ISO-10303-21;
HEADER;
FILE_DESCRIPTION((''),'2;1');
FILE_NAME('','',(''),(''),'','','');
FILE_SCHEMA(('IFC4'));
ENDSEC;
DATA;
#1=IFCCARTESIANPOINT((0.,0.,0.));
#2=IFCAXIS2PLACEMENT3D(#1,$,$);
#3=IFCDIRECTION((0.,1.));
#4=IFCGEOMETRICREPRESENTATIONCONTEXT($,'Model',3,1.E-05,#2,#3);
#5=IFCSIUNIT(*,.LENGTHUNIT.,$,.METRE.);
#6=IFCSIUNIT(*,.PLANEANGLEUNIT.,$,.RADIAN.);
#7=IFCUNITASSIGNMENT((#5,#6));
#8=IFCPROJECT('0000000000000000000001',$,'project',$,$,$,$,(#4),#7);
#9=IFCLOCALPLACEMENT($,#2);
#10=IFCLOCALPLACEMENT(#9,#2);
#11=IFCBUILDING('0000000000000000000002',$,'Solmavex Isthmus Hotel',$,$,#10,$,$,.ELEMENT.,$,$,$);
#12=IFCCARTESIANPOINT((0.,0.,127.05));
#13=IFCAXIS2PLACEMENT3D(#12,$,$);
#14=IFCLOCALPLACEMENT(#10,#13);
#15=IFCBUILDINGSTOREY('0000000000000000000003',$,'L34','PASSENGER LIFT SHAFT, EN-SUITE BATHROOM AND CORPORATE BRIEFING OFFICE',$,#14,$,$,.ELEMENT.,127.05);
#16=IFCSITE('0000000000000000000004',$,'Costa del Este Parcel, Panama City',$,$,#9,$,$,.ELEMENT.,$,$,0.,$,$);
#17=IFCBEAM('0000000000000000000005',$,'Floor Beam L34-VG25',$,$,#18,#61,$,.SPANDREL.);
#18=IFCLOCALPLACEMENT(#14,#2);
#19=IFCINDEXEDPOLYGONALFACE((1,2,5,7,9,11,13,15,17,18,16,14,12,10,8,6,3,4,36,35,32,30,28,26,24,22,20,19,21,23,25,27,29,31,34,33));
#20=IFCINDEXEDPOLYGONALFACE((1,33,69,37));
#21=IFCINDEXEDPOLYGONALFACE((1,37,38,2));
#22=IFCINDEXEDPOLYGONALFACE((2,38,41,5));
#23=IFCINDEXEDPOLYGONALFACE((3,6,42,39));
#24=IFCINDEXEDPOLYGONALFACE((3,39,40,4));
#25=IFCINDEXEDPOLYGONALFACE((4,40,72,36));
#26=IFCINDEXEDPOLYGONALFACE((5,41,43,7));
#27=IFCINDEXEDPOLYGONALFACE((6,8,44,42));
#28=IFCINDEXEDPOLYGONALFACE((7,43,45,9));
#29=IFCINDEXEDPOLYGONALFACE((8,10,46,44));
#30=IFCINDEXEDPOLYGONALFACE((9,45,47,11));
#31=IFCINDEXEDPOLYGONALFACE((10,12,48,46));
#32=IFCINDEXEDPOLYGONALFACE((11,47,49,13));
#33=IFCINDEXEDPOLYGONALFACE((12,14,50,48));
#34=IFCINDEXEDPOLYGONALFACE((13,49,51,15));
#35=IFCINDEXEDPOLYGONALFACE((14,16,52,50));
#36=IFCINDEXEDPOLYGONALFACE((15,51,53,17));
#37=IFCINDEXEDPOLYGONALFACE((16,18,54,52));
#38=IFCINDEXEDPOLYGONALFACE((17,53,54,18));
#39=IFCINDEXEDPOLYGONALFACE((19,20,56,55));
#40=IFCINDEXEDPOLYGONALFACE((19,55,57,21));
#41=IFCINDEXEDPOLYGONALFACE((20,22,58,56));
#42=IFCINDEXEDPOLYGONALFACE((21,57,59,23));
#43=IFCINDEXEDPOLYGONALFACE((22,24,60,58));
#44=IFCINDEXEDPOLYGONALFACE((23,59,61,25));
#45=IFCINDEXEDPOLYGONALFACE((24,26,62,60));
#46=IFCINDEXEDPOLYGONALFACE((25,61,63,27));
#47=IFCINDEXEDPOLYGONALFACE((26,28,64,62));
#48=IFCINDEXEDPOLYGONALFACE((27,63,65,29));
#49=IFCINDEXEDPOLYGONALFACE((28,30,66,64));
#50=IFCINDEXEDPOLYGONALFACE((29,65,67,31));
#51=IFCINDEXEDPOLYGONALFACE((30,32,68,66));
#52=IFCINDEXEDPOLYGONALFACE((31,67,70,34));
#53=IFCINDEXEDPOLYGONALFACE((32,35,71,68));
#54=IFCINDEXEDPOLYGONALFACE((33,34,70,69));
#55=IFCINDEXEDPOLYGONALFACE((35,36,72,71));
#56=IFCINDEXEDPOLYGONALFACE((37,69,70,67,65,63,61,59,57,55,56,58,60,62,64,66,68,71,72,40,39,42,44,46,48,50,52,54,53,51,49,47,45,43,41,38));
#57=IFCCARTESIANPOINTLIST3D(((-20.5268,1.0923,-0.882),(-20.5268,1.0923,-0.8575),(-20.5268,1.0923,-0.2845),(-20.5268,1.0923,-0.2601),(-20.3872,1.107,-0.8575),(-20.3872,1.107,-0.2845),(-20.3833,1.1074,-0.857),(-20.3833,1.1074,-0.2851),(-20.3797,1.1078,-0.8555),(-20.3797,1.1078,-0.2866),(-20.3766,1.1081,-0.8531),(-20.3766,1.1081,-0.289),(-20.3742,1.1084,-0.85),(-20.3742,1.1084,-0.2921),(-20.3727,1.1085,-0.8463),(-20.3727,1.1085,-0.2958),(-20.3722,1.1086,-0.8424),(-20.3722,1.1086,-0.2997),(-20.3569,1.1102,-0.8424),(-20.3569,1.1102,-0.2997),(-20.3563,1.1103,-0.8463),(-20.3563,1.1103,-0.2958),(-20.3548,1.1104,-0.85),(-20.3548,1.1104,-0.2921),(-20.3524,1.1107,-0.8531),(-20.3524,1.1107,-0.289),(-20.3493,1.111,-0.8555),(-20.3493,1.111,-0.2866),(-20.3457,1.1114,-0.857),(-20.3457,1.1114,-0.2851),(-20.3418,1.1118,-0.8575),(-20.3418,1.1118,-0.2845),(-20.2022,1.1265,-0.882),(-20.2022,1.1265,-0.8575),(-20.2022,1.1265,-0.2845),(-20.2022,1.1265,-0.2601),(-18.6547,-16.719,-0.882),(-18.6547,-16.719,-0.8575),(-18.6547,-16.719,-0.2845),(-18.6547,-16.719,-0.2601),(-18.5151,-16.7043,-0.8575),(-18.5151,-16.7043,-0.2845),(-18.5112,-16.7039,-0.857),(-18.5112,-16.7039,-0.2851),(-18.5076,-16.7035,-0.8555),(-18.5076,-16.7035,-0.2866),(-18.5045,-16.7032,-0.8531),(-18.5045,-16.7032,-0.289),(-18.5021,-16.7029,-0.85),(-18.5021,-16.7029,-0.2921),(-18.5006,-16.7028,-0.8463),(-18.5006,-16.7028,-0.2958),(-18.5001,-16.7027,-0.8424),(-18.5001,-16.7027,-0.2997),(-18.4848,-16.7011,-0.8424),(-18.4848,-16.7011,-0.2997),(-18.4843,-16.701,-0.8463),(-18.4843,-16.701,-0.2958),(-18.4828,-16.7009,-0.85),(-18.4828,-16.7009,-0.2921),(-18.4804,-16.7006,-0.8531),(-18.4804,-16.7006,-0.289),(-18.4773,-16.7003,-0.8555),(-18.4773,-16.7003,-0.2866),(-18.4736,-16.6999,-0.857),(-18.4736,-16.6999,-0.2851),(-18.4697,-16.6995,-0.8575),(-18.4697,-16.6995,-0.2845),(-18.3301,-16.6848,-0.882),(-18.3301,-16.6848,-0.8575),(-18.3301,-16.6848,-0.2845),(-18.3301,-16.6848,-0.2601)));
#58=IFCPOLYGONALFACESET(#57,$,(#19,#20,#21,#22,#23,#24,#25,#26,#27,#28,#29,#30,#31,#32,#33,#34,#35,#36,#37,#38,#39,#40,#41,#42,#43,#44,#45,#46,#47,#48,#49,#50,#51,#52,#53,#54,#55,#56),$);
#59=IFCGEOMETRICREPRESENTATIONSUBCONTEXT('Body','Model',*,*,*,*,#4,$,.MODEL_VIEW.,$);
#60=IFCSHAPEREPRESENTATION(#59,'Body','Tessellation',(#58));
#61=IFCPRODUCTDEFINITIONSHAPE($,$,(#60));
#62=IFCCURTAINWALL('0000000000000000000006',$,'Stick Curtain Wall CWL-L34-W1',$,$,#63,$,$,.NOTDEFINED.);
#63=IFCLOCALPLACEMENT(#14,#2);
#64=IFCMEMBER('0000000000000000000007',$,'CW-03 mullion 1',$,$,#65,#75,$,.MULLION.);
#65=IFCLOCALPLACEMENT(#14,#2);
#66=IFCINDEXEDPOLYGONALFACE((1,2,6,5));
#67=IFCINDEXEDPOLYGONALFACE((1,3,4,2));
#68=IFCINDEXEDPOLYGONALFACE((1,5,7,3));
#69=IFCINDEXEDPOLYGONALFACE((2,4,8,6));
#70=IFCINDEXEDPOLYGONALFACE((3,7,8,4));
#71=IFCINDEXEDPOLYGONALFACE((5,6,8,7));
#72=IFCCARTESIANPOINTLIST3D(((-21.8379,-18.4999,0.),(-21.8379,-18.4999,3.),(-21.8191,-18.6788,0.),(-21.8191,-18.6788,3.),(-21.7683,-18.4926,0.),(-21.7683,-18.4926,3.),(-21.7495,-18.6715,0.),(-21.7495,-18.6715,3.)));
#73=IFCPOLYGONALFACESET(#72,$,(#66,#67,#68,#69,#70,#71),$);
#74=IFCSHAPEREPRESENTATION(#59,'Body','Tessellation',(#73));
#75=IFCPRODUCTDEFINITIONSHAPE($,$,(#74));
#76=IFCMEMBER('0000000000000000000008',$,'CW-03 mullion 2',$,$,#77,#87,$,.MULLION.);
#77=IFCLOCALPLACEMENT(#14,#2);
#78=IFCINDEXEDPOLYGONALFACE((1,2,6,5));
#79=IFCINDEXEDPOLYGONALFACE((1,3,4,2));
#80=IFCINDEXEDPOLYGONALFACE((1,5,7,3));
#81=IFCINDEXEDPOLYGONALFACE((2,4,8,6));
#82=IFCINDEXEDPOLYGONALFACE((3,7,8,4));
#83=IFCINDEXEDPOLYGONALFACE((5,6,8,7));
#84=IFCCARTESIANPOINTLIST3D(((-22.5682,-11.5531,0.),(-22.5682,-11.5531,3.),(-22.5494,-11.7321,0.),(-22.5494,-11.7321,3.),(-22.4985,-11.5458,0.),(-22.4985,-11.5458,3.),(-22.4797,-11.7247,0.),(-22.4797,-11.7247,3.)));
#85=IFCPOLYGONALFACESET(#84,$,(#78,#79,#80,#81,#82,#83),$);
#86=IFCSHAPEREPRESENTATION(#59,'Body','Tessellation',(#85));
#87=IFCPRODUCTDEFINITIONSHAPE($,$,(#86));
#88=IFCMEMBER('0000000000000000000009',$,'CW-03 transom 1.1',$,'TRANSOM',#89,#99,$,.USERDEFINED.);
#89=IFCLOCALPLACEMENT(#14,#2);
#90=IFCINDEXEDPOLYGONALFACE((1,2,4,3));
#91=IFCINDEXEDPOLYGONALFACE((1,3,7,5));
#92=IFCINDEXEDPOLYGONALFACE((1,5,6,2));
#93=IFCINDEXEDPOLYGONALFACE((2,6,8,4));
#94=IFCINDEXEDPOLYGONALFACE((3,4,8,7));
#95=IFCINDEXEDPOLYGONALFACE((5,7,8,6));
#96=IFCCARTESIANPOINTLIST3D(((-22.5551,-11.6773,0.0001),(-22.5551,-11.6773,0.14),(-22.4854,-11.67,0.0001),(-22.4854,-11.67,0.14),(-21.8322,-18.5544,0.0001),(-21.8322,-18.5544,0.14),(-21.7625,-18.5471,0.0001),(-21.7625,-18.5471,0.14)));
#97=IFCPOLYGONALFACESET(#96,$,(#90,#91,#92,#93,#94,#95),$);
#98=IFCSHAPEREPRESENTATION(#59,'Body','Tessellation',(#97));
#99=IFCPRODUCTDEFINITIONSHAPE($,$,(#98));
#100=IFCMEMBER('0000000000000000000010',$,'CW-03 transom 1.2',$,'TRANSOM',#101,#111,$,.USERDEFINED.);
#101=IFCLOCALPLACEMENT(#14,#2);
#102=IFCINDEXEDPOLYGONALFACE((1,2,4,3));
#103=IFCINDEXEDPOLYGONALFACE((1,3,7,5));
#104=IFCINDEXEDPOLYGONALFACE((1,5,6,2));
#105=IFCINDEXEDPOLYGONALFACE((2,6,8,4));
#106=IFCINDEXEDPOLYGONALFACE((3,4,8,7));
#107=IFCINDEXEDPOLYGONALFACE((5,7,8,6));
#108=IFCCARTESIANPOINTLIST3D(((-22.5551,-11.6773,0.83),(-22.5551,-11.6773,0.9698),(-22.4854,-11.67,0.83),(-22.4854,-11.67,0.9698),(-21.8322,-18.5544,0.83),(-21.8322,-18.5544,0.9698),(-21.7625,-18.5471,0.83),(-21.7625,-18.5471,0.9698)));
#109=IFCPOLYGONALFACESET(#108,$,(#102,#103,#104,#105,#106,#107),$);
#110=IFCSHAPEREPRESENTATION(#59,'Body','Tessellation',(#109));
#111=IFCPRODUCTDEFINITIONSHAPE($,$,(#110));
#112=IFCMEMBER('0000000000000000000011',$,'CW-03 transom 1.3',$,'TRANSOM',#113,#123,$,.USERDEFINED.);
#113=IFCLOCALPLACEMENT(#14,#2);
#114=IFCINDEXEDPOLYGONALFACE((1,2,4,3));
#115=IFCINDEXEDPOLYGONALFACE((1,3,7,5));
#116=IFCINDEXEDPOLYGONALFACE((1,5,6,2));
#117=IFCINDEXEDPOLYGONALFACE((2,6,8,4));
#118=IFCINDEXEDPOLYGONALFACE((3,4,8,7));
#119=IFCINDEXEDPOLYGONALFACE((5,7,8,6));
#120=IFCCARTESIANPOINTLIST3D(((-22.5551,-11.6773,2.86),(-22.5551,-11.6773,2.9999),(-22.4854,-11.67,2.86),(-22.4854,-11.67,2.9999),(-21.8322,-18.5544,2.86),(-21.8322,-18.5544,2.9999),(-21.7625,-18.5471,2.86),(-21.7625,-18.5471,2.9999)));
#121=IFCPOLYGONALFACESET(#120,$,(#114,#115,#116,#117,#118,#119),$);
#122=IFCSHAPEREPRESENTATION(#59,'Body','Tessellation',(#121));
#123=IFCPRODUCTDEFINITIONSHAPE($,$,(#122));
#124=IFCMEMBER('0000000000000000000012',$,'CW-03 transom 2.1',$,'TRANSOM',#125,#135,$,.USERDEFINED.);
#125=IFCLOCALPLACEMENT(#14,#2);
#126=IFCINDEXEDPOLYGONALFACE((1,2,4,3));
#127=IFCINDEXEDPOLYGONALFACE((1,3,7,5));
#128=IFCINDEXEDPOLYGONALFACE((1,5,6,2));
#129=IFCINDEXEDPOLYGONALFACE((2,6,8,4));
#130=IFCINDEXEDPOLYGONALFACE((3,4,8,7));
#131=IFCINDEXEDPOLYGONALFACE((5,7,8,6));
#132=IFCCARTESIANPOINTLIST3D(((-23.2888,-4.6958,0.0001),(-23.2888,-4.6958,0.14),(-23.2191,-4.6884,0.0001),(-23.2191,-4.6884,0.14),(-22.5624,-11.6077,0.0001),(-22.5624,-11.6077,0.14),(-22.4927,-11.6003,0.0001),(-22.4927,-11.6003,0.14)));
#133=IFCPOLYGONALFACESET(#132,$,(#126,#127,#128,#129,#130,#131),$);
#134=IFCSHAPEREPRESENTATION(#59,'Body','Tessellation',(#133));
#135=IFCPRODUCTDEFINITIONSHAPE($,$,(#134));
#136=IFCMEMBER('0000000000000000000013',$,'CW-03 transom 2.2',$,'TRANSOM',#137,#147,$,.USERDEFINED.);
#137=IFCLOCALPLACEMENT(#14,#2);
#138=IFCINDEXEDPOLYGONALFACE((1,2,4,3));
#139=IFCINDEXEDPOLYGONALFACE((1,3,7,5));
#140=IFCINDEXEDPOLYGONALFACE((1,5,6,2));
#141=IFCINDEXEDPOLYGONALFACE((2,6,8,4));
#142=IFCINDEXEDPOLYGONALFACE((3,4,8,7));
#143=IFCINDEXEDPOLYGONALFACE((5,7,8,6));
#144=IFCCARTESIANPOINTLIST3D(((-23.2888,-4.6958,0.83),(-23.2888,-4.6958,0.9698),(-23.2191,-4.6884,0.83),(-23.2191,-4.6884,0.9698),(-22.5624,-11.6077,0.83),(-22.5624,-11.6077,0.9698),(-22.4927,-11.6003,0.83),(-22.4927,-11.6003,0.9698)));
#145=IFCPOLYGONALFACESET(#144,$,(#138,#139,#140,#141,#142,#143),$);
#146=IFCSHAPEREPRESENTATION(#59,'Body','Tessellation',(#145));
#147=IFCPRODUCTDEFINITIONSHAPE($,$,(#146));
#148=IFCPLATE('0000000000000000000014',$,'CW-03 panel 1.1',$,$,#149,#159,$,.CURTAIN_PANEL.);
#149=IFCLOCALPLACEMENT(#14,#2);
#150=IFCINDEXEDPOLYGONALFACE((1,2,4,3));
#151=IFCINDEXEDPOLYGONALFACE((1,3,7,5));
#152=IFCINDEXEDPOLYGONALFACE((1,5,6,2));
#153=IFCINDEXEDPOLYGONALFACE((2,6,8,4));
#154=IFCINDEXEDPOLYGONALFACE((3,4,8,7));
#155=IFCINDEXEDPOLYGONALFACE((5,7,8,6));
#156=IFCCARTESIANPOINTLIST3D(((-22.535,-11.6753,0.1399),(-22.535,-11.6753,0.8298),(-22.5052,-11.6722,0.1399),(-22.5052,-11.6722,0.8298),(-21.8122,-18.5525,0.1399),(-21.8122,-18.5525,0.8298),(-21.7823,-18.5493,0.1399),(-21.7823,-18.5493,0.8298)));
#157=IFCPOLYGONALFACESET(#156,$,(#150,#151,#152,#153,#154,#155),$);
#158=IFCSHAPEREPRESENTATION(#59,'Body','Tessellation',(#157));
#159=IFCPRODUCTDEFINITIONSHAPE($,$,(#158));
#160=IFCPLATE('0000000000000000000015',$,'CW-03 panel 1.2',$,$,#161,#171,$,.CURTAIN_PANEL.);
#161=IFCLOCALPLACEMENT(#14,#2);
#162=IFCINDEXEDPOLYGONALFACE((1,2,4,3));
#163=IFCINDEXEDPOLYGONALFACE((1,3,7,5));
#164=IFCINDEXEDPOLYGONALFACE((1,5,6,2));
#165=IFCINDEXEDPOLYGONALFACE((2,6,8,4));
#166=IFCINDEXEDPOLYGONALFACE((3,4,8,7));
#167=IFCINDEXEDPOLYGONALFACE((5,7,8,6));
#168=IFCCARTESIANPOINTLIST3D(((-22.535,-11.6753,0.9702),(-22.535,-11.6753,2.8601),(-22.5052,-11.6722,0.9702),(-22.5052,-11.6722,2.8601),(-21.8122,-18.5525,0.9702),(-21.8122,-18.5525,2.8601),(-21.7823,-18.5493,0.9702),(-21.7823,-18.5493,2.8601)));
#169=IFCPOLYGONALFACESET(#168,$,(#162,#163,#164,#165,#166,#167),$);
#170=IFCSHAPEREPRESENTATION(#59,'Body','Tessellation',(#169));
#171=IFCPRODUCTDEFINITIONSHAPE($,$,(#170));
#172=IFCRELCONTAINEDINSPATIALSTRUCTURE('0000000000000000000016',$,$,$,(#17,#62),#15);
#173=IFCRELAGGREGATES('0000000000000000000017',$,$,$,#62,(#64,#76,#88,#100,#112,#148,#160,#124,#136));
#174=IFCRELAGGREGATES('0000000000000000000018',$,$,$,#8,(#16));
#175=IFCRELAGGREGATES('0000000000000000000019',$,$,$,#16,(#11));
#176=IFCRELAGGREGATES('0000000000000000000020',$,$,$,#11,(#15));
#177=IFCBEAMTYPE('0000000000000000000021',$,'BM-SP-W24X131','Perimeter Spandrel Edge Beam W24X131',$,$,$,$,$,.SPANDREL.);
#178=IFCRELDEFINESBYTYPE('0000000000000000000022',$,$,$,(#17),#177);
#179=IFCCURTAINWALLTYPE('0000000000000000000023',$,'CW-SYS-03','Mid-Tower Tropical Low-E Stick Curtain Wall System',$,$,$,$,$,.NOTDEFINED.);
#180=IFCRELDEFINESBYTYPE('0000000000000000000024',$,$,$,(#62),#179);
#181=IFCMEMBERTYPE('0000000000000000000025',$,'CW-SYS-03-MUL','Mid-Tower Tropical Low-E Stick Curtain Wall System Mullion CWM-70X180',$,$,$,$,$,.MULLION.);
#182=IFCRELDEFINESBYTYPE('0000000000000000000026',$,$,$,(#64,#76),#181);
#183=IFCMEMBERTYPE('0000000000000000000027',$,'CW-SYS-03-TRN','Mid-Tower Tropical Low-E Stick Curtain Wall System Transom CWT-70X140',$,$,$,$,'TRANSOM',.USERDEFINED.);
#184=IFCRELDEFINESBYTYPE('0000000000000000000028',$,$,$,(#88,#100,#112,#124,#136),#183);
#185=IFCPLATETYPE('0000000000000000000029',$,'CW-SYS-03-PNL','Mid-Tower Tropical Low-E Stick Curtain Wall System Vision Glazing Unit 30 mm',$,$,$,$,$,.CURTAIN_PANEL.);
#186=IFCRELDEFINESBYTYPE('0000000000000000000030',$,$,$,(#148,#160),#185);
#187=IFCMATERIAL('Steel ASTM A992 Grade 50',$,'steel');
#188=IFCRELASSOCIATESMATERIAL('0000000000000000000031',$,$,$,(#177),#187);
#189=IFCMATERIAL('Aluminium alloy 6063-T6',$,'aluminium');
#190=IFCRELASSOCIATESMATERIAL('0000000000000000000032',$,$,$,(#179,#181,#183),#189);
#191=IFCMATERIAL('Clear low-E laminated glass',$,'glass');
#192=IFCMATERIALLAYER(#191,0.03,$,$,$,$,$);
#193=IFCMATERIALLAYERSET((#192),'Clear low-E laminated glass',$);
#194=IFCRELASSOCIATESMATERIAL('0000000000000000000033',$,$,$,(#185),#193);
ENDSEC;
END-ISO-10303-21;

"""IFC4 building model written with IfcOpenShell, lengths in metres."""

from ifc_helpers import new_model, si_unit, direction, frame, origin, origin_2d, place, context, subcontext, project, spatial, rectangle, i_section, extrude, material, layer, layer_set, material_profile, profile_set, type_object, element, aggregate, save


model = new_model("IFC4")

# Units and contexts
model_context = context("Model", 3, precision=1e-05, world=origin(), true_north=direction((0.0, 1.0)))
body_context = subcontext(model_context, "Body", "Model", "MODEL_VIEW")
ifc_project = project(units=[si_unit("LENGTHUNIT", "METRE"), si_unit("PLANEANGLEUNIT", "RADIAN")], contexts=[model_context])

# Site, building, storey
site_placement = place(None, origin())
site = spatial("IfcSite", under=ifc_project, at=site_placement, Name="Costa del Este Parcel, Panama City", CompositionType="ELEMENT", RefElevation=0.0)
building_placement = place(site_placement, origin())
building = spatial("IfcBuilding", under=site, at=building_placement, Name="Solmavex Isthmus Hotel", CompositionType="ELEMENT")
storey_placement = place(building_placement, frame((0.0, 0.0, 127.05)))
storey = spatial("IfcBuildingStorey", under=building, at=storey_placement, Name="L34", Description="PASSENGER LIFT SHAFT, EN-SUITE BATHROOM AND CORPORATE BRIEFING OFFICE", CompositionType="ELEMENT", Elevation=127.05)

# Beam
ifc_material_1 = material(Name="Steel ASTM A992 Grade 50", Category="steel")
ifc_material_profile_1 = material_profile(ifc_material_1, i_section(OverallWidth=0.3264, OverallDepth=0.6218, WebThickness=0.0154, FlangeThickness=0.0244, FilletRadius=0.0151, at=origin_2d()), Name="W24X131")
ifc_profile_set_1 = profile_set([ifc_material_profile_1], Name="Steel ASTM A992 Grade 50")
beam_type_1 = type_object("IfcBeamType", Name="BM-SP-W24X131", Description="Perimeter Spandrel Edge Beam W24X131", PredefinedType="SPANDREL", material=ifc_profile_set_1)
beam_1_placement = place(storey_placement, frame((-18.4924, -16.7019, -0.571), z_axis=(-0.10453, 0.994522, 0.0), x_axis=(-0.994522, -0.10453, 0.0)))
element("IfcBeam", 1, at=beam_1_placement, inside=storey, type_object=beam_type_1, Name="Floor Beam L34-VG25", PredefinedType="SPANDREL", context=body_context, shape_type="SweptSolid", body=[
    extrude(i_section(OverallWidth=0.3264, OverallDepth=0.6218, WebThickness=0.0154, FlangeThickness=0.0244, FilletRadius=0.0151, at=origin_2d()), origin(), (0.0, 0.0, 1.0), 17.9094),
])

# Curtain wall, members, plates
ifc_material_2 = material(Name="Aluminium alloy 6063-T6", Category="aluminium")
curtain_wall_type = type_object("IfcCurtainWallType", Name="CW-SYS-03", Description="Mid-Tower Tropical Low-E Stick Curtain Wall System", PredefinedType="NOTDEFINED", material=ifc_material_2)
curtain_wall_placement = place(storey_placement, origin())
curtain_wall = element("IfcCurtainWall", 2, at=curtain_wall_placement, inside=storey, type_object=curtain_wall_type, Name="Stick Curtain Wall CWL-L34-W1", PredefinedType="NOTDEFINED")
ifc_material_profile_2 = material_profile(ifc_material_2, rectangle(XDim=0.0701, YDim=0.1799, at=origin_2d()), Name="CWM-70X180")
ifc_profile_set_2 = profile_set([ifc_material_profile_2], Name="Aluminium alloy 6063-T6")
member_type_1 = type_object("IfcMemberType", Name="CW-SYS-03-MUL", Description="Mid-Tower Tropical Low-E Stick Curtain Wall System Mullion CWM-70X180", PredefinedType="MULLION", material=ifc_profile_set_2)
member_1_placement = place(storey_placement, frame((-21.7937, -18.5857, 0.0), z_axis=(0.0, 0.0, 1.0), x_axis=(-0.994522, -0.104528, 0.0)))
member_1 = element("IfcMember", 3, at=member_1_placement, type_object=member_type_1, Name="CW-03 mullion 1", PredefinedType="MULLION", context=body_context, shape_type="SweptSolid", body=[
    extrude(rectangle(XDim=0.0701, YDim=0.1799, at=origin_2d()), origin(), (0.0, 0.0, 1.0), 3.0),
])
member_2_placement = place(storey_placement, frame((-22.5239, -11.6389, 0.0), z_axis=(0.0, 0.0, 1.0), x_axis=(-0.994522, -0.104528, 0.0)))
member_2 = element("IfcMember", 4, at=member_2_placement, type_object=member_type_1, Name="CW-03 mullion 2", PredefinedType="MULLION", context=body_context, shape_type="SweptSolid", body=[
    extrude(rectangle(XDim=0.0701, YDim=0.1799, at=origin_2d()), origin(), (0.0, 0.0, 1.0), 3.0),
])
ifc_material_profile_3 = material_profile(ifc_material_2, rectangle(XDim=0.0701, YDim=0.1399, at=origin_2d()), Name="CWT-70X140")
ifc_profile_set_3 = profile_set([ifc_material_profile_3], Name="Aluminium alloy 6063-T6")
member_type_2 = type_object("IfcMemberType", Name="CW-SYS-03-TRN", Description="Mid-Tower Tropical Low-E Stick Curtain Wall System Transom CWT-70X140", ElementType="TRANSOM", PredefinedType="USERDEFINED", material=ifc_profile_set_3)
member_3_placement = place(storey_placement, frame((-21.7974, -18.5508, 0.0701), z_axis=(-0.10454, 0.994521, 0.0), x_axis=(-0.994521, -0.10454, 0.0)))
member_3 = element("IfcMember", 5, at=member_3_placement, type_object=member_type_2, Name="CW-03 transom 1.1", ObjectType="TRANSOM", PredefinedType="USERDEFINED", context=body_context, shape_type="SweptSolid", body=[
    extrude(rectangle(XDim=0.0701, YDim=0.1399, at=origin_2d()), origin(), (0.0, 0.0, 1.0), 6.915),
])
member_4_placement = place(storey_placement, frame((-21.7974, -18.5508, 0.8999), z_axis=(-0.10454, 0.994521, 0.0), x_axis=(-0.994521, -0.10454, 0.0)))
member_4 = element("IfcMember", 6, at=member_4_placement, type_object=member_type_2, Name="CW-03 transom 1.2", ObjectType="TRANSOM", PredefinedType="USERDEFINED", context=body_context, shape_type="SweptSolid", body=[
    extrude(rectangle(XDim=0.0701, YDim=0.1399, at=origin_2d()), origin(), (0.0, 0.0, 1.0), 6.915),
])
member_5_placement = place(storey_placement, frame((-21.7974, -18.5508, 2.9299), z_axis=(-0.10454, 0.994521, 0.0), x_axis=(-0.994521, -0.10454, 0.0)))
member_5 = element("IfcMember", 7, at=member_5_placement, type_object=member_type_2, Name="CW-03 transom 1.3", ObjectType="TRANSOM", PredefinedType="USERDEFINED", context=body_context, shape_type="SweptSolid", body=[
    extrude(rectangle(XDim=0.0701, YDim=0.1399, at=origin_2d()), origin(), (0.0, 0.0, 1.0), 6.915),
])
member_6_placement = place(storey_placement, frame((-22.5276, -11.604, 0.0701), z_axis=(-0.104507, 0.994524, 0.0), x_axis=(-0.994524, -0.104507, 0.0)))
member_6 = element("IfcMember", 8, at=member_6_placement, type_object=member_type_2, Name="CW-03 transom 2.1", ObjectType="TRANSOM", PredefinedType="USERDEFINED", context=body_context, shape_type="SweptSolid", body=[
    extrude(rectangle(XDim=0.0701, YDim=0.1399, at=origin_2d()), origin(), (0.0, 0.0, 1.0), 6.95),
])
member_7_placement = place(storey_placement, frame((-22.5276, -11.604, 0.8999), z_axis=(-0.104507, 0.994524, 0.0), x_axis=(-0.994524, -0.104507, 0.0)))
member_7 = element("IfcMember", 9, at=member_7_placement, type_object=member_type_2, Name="CW-03 transom 2.2", ObjectType="TRANSOM", PredefinedType="USERDEFINED", context=body_context, shape_type="SweptSolid", body=[
    extrude(rectangle(XDim=0.0701, YDim=0.1399, at=origin_2d()), origin(), (0.0, 0.0, 1.0), 6.95),
])
ifc_material_3 = material(Name="Clear low-E laminated glass", Category="glass")
ifc_layer_1 = layer(ifc_material_3, 0.03)
ifc_layer_set_1 = layer_set([ifc_layer_1], Name="Clear low-E laminated glass")
plate_type = type_object("IfcPlateType", Name="CW-SYS-03-PNL", Description="Mid-Tower Tropical Low-E Stick Curtain Wall System Vision Glazing Unit 30 mm", PredefinedType="CURTAIN_PANEL", material=ifc_layer_set_1)
plate_1_placement = place(storey_placement, frame((-22.1587, -15.1123, 0.1399), z_axis=(0.0, 0.0, 1.0), x_axis=(-0.104528, 0.994522, 0.0)))
plate_1 = element("IfcPlate", 10, at=plate_1_placement, type_object=plate_type, Name="CW-03 panel 1.1", PredefinedType="CURTAIN_PANEL", context=body_context, shape_type="SweptSolid", body=[
    extrude(rectangle(XDim=6.915, YDim=0.03, at=origin_2d()), origin(), (0.0, 0.0, 1.0), 0.6899),
])
plate_2_placement = place(storey_placement, frame((-22.1587, -15.1123, 0.9702), z_axis=(0.0, 0.0, 1.0), x_axis=(-0.104528, 0.994522, 0.0)))
plate_2 = element("IfcPlate", 11, at=plate_2_placement, type_object=plate_type, Name="CW-03 panel 1.2", PredefinedType="CURTAIN_PANEL", context=body_context, shape_type="SweptSolid", body=[
    extrude(rectangle(XDim=6.915, YDim=0.03, at=origin_2d()), origin(), (0.0, 0.0, 1.0), 1.8899),
])
aggregate(curtain_wall, [member_1, member_2, member_3, member_4, member_5, plate_1, plate_2, member_6, member_7])

save(model, "model.ifc")
